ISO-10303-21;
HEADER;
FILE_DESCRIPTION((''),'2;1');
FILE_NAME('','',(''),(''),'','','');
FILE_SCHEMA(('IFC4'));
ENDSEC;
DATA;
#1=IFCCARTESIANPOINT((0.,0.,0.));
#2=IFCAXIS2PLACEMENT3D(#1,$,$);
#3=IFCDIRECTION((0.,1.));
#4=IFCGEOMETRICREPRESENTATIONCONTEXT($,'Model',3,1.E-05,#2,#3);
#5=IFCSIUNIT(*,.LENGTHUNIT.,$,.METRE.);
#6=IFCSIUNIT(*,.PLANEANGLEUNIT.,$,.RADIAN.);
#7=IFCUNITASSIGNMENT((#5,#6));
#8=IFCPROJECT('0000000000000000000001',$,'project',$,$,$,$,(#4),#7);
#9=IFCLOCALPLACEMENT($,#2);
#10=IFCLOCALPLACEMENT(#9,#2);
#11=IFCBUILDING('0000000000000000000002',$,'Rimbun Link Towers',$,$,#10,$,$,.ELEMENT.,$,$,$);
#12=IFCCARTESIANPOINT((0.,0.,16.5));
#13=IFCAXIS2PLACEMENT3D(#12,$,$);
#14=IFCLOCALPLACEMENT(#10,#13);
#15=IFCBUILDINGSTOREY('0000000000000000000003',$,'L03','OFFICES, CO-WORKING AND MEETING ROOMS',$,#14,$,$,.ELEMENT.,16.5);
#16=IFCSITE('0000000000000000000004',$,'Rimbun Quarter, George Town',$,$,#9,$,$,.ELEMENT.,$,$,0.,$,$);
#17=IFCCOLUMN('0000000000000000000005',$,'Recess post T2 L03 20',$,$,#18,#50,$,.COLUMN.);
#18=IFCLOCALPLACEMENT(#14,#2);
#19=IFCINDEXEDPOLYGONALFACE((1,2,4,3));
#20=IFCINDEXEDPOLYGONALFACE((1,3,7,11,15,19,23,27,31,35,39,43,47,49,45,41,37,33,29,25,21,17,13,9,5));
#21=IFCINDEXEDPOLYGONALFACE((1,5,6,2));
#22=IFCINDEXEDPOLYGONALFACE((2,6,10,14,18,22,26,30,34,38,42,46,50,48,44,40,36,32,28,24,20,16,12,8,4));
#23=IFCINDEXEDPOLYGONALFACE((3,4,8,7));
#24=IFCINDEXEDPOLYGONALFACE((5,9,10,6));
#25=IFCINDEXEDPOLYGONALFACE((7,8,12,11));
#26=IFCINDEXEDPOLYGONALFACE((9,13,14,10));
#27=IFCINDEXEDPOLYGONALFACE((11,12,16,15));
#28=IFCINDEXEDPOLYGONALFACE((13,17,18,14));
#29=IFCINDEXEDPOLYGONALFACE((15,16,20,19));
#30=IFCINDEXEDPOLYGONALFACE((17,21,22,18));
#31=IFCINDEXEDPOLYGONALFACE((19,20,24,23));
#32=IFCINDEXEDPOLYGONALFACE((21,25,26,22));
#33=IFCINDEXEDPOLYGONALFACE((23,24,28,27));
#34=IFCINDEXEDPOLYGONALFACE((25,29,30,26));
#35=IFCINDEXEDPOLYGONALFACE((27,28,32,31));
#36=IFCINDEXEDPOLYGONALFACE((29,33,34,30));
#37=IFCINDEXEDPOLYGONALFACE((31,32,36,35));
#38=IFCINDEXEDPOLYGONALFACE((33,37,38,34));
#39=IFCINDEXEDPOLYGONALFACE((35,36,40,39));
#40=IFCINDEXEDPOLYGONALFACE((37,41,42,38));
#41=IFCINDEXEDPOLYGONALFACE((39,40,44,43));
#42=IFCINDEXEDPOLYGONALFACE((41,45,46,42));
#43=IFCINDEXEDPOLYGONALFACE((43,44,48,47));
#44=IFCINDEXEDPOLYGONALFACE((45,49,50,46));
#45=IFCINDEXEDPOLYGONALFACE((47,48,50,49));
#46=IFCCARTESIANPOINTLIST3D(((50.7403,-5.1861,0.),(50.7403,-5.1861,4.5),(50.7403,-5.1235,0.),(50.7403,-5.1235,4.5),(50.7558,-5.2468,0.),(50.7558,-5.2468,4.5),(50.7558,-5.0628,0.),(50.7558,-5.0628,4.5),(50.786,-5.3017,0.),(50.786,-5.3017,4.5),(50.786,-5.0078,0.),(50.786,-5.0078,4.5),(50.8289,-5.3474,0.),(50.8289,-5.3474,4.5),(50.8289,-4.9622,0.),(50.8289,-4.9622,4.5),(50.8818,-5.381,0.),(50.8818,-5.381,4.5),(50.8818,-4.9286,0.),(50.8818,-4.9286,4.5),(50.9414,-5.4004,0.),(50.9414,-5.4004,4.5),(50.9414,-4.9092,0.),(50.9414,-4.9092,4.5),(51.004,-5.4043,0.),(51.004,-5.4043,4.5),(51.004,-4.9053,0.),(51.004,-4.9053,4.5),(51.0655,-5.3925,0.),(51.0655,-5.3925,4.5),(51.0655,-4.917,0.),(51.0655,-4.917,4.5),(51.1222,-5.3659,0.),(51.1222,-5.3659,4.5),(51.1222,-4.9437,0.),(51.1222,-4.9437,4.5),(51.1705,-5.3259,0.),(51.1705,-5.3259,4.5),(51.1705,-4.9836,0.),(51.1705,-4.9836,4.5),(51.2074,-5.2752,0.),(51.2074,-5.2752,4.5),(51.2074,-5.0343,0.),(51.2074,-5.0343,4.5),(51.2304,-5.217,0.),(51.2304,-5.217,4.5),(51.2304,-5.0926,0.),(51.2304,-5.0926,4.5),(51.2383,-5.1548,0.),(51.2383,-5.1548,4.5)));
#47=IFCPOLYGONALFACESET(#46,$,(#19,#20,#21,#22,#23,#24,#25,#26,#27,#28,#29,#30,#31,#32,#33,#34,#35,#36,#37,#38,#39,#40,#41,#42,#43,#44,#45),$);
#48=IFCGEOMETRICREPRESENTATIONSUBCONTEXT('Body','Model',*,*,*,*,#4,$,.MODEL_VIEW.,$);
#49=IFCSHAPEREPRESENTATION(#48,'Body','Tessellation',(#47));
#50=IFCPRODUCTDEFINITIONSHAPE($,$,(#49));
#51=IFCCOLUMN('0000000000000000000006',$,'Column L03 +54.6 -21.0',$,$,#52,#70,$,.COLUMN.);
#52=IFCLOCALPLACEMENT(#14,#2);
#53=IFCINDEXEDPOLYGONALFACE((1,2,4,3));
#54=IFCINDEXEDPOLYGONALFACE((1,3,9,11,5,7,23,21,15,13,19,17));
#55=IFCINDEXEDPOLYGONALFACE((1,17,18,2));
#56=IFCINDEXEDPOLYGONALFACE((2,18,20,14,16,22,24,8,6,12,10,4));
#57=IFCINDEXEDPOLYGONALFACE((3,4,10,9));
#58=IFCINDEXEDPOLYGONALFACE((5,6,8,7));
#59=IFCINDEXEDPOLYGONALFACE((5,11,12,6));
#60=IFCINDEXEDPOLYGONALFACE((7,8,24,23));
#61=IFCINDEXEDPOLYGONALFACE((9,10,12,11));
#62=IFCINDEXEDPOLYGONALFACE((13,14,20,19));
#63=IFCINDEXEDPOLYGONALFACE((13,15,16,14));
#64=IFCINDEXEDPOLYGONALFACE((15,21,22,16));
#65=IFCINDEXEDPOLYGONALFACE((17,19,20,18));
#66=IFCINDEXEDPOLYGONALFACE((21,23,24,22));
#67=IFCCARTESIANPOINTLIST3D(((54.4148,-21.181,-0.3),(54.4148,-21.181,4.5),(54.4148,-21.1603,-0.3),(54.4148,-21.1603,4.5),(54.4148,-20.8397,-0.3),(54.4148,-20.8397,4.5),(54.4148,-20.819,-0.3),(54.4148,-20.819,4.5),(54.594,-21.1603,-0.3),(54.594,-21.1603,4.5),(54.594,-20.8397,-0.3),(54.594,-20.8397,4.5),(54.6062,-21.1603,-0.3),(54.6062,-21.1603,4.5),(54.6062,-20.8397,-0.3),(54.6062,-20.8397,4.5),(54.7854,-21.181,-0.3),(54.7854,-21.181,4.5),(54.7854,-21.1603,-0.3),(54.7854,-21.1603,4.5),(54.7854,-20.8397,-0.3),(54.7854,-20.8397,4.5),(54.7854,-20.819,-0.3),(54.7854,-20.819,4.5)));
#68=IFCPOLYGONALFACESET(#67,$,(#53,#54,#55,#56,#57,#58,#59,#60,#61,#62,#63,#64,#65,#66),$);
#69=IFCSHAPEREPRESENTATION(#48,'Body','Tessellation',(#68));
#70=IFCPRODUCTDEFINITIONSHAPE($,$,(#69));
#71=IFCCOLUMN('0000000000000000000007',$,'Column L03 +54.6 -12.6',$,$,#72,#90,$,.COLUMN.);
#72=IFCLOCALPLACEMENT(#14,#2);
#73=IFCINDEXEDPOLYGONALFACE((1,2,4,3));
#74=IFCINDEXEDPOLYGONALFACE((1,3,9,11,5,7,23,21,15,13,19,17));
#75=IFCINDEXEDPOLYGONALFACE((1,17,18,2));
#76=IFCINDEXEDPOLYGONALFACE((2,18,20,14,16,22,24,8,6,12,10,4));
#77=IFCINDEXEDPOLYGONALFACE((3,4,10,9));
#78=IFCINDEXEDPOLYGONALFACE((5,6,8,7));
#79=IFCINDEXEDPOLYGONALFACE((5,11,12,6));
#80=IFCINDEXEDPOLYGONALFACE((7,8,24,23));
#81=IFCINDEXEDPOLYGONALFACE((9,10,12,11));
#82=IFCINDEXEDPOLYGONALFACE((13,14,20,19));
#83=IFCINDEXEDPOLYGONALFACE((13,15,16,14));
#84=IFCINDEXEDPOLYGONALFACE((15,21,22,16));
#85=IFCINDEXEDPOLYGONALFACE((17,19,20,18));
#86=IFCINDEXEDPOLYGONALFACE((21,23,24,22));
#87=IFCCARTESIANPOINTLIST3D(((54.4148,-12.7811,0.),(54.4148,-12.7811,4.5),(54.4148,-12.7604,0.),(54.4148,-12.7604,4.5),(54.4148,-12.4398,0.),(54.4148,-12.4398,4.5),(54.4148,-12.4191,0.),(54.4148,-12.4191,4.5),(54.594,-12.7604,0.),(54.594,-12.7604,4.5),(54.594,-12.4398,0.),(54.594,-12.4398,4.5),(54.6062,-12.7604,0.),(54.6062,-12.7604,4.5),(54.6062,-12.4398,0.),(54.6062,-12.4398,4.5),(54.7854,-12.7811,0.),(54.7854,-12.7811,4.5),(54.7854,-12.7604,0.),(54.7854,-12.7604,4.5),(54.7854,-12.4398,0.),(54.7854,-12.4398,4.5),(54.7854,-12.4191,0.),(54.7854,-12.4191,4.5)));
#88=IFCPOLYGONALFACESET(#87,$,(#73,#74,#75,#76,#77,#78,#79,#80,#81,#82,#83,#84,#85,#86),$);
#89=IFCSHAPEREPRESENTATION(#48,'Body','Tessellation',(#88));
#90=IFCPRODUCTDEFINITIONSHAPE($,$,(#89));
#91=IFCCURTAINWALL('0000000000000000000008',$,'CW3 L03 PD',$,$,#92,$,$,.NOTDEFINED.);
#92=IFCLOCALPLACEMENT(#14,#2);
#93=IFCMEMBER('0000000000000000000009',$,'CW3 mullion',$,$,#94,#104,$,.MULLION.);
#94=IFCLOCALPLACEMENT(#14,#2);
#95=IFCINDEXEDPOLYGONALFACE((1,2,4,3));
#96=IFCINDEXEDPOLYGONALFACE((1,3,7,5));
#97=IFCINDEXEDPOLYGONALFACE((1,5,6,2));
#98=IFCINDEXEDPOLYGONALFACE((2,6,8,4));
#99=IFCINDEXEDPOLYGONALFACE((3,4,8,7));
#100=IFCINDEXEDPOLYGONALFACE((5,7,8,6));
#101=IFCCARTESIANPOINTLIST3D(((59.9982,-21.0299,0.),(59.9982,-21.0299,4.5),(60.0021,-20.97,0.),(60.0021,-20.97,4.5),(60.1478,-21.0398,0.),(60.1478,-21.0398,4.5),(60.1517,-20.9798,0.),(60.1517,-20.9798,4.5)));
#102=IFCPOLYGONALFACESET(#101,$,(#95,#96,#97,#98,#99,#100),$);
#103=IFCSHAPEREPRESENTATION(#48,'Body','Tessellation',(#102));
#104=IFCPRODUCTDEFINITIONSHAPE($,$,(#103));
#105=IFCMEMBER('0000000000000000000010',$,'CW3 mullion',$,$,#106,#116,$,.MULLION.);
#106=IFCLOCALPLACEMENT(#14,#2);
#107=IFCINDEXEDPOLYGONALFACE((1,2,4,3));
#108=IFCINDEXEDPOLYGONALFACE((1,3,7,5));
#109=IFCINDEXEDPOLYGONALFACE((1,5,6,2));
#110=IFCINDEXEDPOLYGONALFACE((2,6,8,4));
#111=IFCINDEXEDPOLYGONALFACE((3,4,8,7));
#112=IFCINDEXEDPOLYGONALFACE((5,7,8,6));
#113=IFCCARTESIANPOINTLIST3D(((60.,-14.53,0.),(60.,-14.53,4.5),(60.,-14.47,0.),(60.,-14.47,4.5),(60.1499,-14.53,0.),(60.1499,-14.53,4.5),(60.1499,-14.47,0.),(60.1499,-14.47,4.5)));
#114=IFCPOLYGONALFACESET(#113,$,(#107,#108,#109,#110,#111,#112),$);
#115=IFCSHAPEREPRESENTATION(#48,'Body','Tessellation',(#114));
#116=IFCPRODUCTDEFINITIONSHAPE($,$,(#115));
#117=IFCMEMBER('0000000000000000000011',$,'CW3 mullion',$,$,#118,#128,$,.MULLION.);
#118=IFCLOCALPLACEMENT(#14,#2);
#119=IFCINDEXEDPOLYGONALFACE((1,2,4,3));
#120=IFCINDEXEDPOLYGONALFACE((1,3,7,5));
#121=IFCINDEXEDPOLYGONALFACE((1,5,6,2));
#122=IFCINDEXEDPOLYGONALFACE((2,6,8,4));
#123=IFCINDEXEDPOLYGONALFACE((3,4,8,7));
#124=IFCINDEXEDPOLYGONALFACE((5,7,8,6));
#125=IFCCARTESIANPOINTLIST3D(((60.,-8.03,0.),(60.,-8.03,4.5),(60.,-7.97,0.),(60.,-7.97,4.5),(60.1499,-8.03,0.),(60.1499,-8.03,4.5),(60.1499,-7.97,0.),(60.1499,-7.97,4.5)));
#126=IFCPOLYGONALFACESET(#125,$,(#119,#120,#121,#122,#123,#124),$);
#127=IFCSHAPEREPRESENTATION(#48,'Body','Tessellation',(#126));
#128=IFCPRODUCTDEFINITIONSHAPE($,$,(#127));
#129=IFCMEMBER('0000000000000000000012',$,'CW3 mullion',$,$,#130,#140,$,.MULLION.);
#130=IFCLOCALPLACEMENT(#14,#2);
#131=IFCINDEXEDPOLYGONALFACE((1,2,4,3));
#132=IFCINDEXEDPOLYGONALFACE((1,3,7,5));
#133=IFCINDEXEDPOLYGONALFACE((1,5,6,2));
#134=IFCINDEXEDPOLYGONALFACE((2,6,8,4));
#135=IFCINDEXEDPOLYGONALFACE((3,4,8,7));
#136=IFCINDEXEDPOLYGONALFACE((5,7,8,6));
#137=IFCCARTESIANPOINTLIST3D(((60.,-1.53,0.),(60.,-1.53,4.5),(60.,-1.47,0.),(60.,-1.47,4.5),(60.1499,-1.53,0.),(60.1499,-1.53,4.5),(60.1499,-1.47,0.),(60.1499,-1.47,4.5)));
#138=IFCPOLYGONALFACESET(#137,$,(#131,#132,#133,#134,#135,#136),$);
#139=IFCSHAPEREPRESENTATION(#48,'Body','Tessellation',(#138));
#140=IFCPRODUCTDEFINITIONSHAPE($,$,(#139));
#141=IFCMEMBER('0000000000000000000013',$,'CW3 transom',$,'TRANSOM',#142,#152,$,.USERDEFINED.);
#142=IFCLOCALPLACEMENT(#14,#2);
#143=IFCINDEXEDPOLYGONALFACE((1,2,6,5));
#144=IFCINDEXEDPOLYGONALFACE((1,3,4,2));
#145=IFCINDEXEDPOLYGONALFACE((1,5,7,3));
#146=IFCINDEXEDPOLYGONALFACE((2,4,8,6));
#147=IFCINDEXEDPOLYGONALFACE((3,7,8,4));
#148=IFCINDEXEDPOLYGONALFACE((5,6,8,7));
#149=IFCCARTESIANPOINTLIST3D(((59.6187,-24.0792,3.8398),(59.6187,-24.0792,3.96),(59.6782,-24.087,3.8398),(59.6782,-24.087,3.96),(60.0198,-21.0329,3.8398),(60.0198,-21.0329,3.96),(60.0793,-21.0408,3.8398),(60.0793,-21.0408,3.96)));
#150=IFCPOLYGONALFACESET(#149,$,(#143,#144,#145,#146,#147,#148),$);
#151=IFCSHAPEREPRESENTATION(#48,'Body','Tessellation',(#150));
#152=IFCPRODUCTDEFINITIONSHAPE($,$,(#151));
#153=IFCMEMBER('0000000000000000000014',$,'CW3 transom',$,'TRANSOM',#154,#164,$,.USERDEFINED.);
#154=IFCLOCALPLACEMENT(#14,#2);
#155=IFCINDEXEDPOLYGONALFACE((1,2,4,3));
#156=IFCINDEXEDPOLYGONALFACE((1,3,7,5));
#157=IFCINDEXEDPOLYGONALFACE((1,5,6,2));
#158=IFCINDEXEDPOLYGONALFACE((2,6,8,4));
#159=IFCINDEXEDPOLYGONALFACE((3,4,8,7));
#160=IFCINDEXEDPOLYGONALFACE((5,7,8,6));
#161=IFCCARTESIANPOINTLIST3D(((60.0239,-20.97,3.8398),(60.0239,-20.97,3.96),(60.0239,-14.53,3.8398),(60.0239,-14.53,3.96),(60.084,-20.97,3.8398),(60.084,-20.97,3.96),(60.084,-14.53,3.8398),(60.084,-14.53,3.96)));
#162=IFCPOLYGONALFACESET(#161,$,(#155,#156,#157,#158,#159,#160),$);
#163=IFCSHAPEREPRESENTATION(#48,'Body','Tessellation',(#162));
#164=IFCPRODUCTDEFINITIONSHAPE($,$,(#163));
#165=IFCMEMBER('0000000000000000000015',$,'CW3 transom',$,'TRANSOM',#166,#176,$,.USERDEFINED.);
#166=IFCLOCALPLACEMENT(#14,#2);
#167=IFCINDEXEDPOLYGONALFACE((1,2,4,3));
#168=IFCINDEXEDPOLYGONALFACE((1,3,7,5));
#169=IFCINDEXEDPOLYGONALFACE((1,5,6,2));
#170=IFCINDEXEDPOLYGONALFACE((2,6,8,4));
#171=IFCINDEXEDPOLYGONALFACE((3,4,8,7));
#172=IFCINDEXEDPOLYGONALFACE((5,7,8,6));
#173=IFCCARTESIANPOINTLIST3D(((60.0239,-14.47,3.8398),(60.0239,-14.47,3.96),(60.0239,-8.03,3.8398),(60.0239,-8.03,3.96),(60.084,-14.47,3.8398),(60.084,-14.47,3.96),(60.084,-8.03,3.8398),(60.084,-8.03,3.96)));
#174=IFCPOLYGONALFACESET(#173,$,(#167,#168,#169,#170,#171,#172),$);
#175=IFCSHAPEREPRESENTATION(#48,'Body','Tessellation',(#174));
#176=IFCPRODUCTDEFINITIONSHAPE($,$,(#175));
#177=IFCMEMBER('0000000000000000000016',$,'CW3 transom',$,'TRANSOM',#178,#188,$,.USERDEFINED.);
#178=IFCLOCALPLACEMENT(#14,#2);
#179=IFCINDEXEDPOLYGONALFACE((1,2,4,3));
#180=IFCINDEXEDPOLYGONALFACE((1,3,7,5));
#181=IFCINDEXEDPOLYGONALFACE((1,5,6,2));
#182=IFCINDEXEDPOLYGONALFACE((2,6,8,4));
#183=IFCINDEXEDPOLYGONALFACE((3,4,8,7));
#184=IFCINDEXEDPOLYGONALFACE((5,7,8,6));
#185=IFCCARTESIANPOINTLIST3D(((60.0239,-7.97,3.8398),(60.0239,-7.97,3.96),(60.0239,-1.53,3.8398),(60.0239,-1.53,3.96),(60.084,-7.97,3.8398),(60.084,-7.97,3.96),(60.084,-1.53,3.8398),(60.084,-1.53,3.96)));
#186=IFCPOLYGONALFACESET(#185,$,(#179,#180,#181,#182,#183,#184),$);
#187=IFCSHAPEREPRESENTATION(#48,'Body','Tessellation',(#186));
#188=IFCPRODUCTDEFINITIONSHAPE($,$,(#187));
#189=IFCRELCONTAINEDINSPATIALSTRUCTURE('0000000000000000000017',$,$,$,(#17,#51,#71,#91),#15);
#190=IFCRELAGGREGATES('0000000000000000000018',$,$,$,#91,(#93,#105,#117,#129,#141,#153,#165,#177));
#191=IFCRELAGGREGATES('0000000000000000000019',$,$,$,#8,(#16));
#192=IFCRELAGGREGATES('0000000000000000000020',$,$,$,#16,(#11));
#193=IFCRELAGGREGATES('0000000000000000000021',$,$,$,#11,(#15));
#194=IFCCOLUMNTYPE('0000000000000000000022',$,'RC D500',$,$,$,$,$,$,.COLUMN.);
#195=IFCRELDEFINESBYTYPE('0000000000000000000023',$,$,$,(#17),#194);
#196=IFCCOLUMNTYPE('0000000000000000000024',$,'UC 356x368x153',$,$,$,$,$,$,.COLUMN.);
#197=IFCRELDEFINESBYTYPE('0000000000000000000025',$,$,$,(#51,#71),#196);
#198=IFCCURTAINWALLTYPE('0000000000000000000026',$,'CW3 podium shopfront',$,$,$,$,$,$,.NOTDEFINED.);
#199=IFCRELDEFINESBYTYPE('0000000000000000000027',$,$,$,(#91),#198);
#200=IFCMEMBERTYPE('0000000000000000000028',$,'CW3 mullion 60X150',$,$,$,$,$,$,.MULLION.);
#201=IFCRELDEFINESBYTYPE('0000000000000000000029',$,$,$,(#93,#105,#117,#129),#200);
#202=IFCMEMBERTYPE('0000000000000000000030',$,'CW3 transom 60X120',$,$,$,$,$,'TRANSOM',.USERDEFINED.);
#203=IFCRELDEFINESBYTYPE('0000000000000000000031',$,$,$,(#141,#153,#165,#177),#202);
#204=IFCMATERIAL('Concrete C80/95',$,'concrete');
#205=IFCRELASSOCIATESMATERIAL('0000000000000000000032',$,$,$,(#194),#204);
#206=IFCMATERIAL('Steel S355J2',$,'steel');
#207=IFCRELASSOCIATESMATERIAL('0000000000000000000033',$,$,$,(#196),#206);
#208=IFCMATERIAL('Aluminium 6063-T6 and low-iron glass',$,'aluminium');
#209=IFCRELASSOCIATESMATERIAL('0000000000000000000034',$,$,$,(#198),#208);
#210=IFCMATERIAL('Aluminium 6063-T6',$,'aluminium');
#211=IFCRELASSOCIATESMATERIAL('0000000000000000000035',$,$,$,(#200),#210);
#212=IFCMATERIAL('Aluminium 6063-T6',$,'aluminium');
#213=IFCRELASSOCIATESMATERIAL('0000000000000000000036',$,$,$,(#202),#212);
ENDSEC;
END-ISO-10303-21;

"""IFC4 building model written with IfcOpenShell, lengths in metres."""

from ifc_helpers import new_model, si_unit, direction, frame, origin, origin_2d, place, context, subcontext, project, spatial, rectangle, circle, i_section, extrude, material, material_profile, profile_set, type_object, element, aggregate, save


model = new_model("IFC4")

# Units and contexts
model_context = context("Model", 3, precision=1e-05, world=origin(), true_north=direction((0.0, 1.0)))
body_context = subcontext(model_context, "Body", "Model", "MODEL_VIEW")
ifc_project = project(units=[si_unit("LENGTHUNIT", "METRE"), si_unit("PLANEANGLEUNIT", "RADIAN")], contexts=[model_context])

# Site, building, storey
site_placement = place(None, origin())
site = spatial("IfcSite", under=ifc_project, at=site_placement, Name="Rimbun Quarter, George Town", CompositionType="ELEMENT", RefElevation=0.0)
building_placement = place(site_placement, origin())
building = spatial("IfcBuilding", under=site, at=building_placement, Name="Rimbun Link Towers", CompositionType="ELEMENT")
storey_placement = place(building_placement, frame((0.0, 0.0, 16.5)))
storey = spatial("IfcBuildingStorey", under=building, at=storey_placement, Name="L03", Description="OFFICES, CO-WORKING AND MEETING ROOMS", CompositionType="ELEMENT", Elevation=16.5)

# Columns
ifc_material_1 = material(Name="Concrete C80/95", Category="concrete")
ifc_material_profile_1 = material_profile(ifc_material_1, circle(Radius=0.25, at=origin_2d()), Name="RC D500")
ifc_profile_set_1 = profile_set([ifc_material_profile_1], Name="Concrete C80/95")
column_type_1 = type_object("IfcColumnType", Name="RC D500", PredefinedType="COLUMN", material=ifc_profile_set_1)
column_1_placement = place(storey_placement, frame((50.9883, -5.1548, 0.0), z_axis=(0.0, 0.0, 1.0), x_axis=(1.0, 0.0, 0.0)))
element("IfcColumn", 1, at=column_1_placement, inside=storey, type_object=column_type_1, Name="Recess post T2 L03 20", PredefinedType="COLUMN", context=body_context, shape_type="SweptSolid", body=[
    extrude(circle(Radius=0.25, at=origin_2d()), origin(), (0.0, 0.0, 1.0), 4.5),
])
ifc_material_2 = material(Name="Steel S355J2", Category="steel")
ifc_material_profile_2 = material_profile(ifc_material_2, i_section(OverallWidth=0.3706, OverallDepth=0.3621, WebThickness=0.0122, FlangeThickness=0.0208, at=origin_2d()), Name="UC 356x368x153")
ifc_profile_set_2 = profile_set([ifc_material_profile_2], Name="Steel S355J2")
column_type_2 = type_object("IfcColumnType", Name="UC 356x368x153", PredefinedType="COLUMN", material=ifc_profile_set_2)
column_2_placement = place(storey_placement, frame((54.6001, -21.0, -0.3), z_axis=(0.0, 0.0, 1.0), x_axis=(1.0, 0.0, 0.0)))
element("IfcColumn", 2, at=column_2_placement, inside=storey, type_object=column_type_2, Name="Column L03 +54.6 -21.0", PredefinedType="COLUMN", context=body_context, shape_type="SweptSolid", body=[
    extrude(i_section(OverallWidth=0.3706, OverallDepth=0.3621, WebThickness=0.0122, FlangeThickness=0.0208, at=origin_2d()), origin(), (0.0, 0.0, 1.0), 4.8),
])
column_3_placement = place(storey_placement, frame((54.6001, -12.6001, 0.0), z_axis=(0.0, 0.0, 1.0), x_axis=(1.0, 0.0, 0.0)))
element("IfcColumn", 3, at=column_3_placement, inside=storey, type_object=column_type_2, Name="Column L03 +54.6 -12.6", PredefinedType="COLUMN", context=body_context, shape_type="SweptSolid", body=[
    extrude(i_section(OverallWidth=0.3706, OverallDepth=0.3621, WebThickness=0.0122, FlangeThickness=0.0208, at=origin_2d()), origin(), (0.0, 0.0, 1.0), 4.5),
])

# Curtain wall, members
ifc_material_3 = material(Name="Aluminium 6063-T6 and low-iron glass", Category="aluminium")
curtain_wall_type = type_object("IfcCurtainWallType", Name="CW3 podium shopfront", PredefinedType="NOTDEFINED", material=ifc_material_3)
curtain_wall_placement = place(storey_placement, origin())
curtain_wall = element("IfcCurtainWall", 4, at=curtain_wall_placement, inside=storey, type_object=curtain_wall_type, Name="CW3 L03 PD", PredefinedType="NOTDEFINED")
ifc_material_4 = material(Name="Aluminium 6063-T6", Category="aluminium")
ifc_material_profile_3 = material_profile(ifc_material_4, rectangle(XDim=0.1499, YDim=0.0601, at=origin_2d()), Name="MULLION 60X150")
ifc_profile_set_3 = profile_set([ifc_material_profile_3], Name="Aluminium 6063-T6")
member_type_1 = type_object("IfcMemberType", Name="CW3 mullion 60X150", PredefinedType="MULLION", material=ifc_profile_set_3)
member_1_placement = place(storey_placement, frame((60.075, -21.0049, 0.0), z_axis=(0.0, 0.0, 1.0), x_axis=(0.997859, -0.065405, 0.0)))
member_1 = element("IfcMember", 5, at=member_1_placement, type_object=member_type_1, Name="CW3 mullion", PredefinedType="MULLION", context=body_context, shape_type="SweptSolid", body=[
    extrude(rectangle(XDim=0.1499, YDim=0.0601, at=origin_2d()), origin(), (0.0, 0.0, 1.0), 4.5),
])
member_2_placement = place(storey_placement, frame((60.075, -14.5, 0.0), z_axis=(0.0, 0.0, 1.0), x_axis=(1.0, 0.0, 0.0)))
member_2 = element("IfcMember", 6, at=member_2_placement, type_object=member_type_1, Name="CW3 mullion", PredefinedType="MULLION", context=body_context, shape_type="SweptSolid", body=[
    extrude(rectangle(XDim=0.1499, YDim=0.0601, at=origin_2d()), origin(), (0.0, 0.0, 1.0), 4.5),
])
member_3_placement = place(storey_placement, frame((60.075, -8.0, 0.0), z_axis=(0.0, 0.0, 1.0), x_axis=(1.0, 0.0, 0.0)))
member_3 = element("IfcMember", 7, at=member_3_placement, type_object=member_type_1, Name="CW3 mullion", PredefinedType="MULLION", context=body_context, shape_type="SweptSolid", body=[
    extrude(rectangle(XDim=0.1499, YDim=0.0601, at=origin_2d()), origin(), (0.0, 0.0, 1.0), 4.5),
])
member_4_placement = place(storey_placement, frame((60.075, -1.5, 0.0), z_axis=(0.0, 0.0, 1.0), x_axis=(1.0, 0.0, 0.0)))
member_4 = element("IfcMember", 8, at=member_4_placement, type_object=member_type_1, Name="CW3 mullion", PredefinedType="MULLION", context=body_context, shape_type="SweptSolid", body=[
    extrude(rectangle(XDim=0.1499, YDim=0.0601, at=origin_2d()), origin(), (0.0, 0.0, 1.0), 4.5),
])
ifc_material_5 = material(Name="Aluminium 6063-T6", Category="aluminium")
ifc_material_profile_4 = material_profile(ifc_material_5, rectangle(XDim=0.0601, YDim=0.1201, at=origin_2d()), Name="TRANSOM 60X120")
ifc_profile_set_4 = profile_set([ifc_material_profile_4], Name="Aluminium 6063-T6")
member_type_2 = type_object("IfcMemberType", Name="CW3 transom 60X120", ElementType="TRANSOM", PredefinedType="USERDEFINED", material=ifc_profile_set_4)
member_5_placement = place(storey_placement, frame((60.0496, -21.0369, 3.8999), z_axis=(-0.130555, -0.991441, 0.0), x_axis=(0.991441, -0.130555, 0.0)))
member_5 = element("IfcMember", 9, at=member_5_placement, type_object=member_type_2, Name="CW3 transom", ObjectType="TRANSOM", PredefinedType="USERDEFINED", context=body_context, shape_type="SweptSolid", body=[
    extrude(rectangle(XDim=0.0601, YDim=0.1201, at=origin_2d()), origin(), (0.0, 0.0, 1.0), 3.0725),
])
member_6_placement = place(storey_placement, frame((60.054, -14.53, 3.8999), z_axis=(0.0, -1.0, 0.0), x_axis=(1.0, 0.0, 0.0)))
member_6 = element("IfcMember", 10, at=member_6_placement, type_object=member_type_2, Name="CW3 transom", ObjectType="TRANSOM", PredefinedType="USERDEFINED", context=body_context, shape_type="SweptSolid", body=[
    extrude(rectangle(XDim=0.0601, YDim=0.1201, at=origin_2d()), origin(), (0.0, 0.0, 1.0), 6.4399),
])
member_7_placement = place(storey_placement, frame((60.054, -8.03, 3.8999), z_axis=(0.0, -1.0, 0.0), x_axis=(1.0, 0.0, 0.0)))
member_7 = element("IfcMember", 11, at=member_7_placement, type_object=member_type_2, Name="CW3 transom", ObjectType="TRANSOM", PredefinedType="USERDEFINED", context=body_context, shape_type="SweptSolid", body=[
    extrude(rectangle(XDim=0.0601, YDim=0.1201, at=origin_2d()), origin(), (0.0, 0.0, 1.0), 6.4399),
])
member_8_placement = place(storey_placement, frame((60.054, -1.53, 3.8999), z_axis=(0.0, -1.0, 0.0), x_axis=(1.0, 0.0, 0.0)))
member_8 = element("IfcMember", 12, at=member_8_placement, type_object=member_type_2, Name="CW3 transom", ObjectType="TRANSOM", PredefinedType="USERDEFINED", context=body_context, shape_type="SweptSolid", body=[
    extrude(rectangle(XDim=0.0601, YDim=0.1201, at=origin_2d()), origin(), (0.0, 0.0, 1.0), 6.4399),
])

aggregate(curtain_wall, [member_1, member_2, member_3, member_4, member_5, member_6, member_7, member_8])

save(model, "model.ifc")
